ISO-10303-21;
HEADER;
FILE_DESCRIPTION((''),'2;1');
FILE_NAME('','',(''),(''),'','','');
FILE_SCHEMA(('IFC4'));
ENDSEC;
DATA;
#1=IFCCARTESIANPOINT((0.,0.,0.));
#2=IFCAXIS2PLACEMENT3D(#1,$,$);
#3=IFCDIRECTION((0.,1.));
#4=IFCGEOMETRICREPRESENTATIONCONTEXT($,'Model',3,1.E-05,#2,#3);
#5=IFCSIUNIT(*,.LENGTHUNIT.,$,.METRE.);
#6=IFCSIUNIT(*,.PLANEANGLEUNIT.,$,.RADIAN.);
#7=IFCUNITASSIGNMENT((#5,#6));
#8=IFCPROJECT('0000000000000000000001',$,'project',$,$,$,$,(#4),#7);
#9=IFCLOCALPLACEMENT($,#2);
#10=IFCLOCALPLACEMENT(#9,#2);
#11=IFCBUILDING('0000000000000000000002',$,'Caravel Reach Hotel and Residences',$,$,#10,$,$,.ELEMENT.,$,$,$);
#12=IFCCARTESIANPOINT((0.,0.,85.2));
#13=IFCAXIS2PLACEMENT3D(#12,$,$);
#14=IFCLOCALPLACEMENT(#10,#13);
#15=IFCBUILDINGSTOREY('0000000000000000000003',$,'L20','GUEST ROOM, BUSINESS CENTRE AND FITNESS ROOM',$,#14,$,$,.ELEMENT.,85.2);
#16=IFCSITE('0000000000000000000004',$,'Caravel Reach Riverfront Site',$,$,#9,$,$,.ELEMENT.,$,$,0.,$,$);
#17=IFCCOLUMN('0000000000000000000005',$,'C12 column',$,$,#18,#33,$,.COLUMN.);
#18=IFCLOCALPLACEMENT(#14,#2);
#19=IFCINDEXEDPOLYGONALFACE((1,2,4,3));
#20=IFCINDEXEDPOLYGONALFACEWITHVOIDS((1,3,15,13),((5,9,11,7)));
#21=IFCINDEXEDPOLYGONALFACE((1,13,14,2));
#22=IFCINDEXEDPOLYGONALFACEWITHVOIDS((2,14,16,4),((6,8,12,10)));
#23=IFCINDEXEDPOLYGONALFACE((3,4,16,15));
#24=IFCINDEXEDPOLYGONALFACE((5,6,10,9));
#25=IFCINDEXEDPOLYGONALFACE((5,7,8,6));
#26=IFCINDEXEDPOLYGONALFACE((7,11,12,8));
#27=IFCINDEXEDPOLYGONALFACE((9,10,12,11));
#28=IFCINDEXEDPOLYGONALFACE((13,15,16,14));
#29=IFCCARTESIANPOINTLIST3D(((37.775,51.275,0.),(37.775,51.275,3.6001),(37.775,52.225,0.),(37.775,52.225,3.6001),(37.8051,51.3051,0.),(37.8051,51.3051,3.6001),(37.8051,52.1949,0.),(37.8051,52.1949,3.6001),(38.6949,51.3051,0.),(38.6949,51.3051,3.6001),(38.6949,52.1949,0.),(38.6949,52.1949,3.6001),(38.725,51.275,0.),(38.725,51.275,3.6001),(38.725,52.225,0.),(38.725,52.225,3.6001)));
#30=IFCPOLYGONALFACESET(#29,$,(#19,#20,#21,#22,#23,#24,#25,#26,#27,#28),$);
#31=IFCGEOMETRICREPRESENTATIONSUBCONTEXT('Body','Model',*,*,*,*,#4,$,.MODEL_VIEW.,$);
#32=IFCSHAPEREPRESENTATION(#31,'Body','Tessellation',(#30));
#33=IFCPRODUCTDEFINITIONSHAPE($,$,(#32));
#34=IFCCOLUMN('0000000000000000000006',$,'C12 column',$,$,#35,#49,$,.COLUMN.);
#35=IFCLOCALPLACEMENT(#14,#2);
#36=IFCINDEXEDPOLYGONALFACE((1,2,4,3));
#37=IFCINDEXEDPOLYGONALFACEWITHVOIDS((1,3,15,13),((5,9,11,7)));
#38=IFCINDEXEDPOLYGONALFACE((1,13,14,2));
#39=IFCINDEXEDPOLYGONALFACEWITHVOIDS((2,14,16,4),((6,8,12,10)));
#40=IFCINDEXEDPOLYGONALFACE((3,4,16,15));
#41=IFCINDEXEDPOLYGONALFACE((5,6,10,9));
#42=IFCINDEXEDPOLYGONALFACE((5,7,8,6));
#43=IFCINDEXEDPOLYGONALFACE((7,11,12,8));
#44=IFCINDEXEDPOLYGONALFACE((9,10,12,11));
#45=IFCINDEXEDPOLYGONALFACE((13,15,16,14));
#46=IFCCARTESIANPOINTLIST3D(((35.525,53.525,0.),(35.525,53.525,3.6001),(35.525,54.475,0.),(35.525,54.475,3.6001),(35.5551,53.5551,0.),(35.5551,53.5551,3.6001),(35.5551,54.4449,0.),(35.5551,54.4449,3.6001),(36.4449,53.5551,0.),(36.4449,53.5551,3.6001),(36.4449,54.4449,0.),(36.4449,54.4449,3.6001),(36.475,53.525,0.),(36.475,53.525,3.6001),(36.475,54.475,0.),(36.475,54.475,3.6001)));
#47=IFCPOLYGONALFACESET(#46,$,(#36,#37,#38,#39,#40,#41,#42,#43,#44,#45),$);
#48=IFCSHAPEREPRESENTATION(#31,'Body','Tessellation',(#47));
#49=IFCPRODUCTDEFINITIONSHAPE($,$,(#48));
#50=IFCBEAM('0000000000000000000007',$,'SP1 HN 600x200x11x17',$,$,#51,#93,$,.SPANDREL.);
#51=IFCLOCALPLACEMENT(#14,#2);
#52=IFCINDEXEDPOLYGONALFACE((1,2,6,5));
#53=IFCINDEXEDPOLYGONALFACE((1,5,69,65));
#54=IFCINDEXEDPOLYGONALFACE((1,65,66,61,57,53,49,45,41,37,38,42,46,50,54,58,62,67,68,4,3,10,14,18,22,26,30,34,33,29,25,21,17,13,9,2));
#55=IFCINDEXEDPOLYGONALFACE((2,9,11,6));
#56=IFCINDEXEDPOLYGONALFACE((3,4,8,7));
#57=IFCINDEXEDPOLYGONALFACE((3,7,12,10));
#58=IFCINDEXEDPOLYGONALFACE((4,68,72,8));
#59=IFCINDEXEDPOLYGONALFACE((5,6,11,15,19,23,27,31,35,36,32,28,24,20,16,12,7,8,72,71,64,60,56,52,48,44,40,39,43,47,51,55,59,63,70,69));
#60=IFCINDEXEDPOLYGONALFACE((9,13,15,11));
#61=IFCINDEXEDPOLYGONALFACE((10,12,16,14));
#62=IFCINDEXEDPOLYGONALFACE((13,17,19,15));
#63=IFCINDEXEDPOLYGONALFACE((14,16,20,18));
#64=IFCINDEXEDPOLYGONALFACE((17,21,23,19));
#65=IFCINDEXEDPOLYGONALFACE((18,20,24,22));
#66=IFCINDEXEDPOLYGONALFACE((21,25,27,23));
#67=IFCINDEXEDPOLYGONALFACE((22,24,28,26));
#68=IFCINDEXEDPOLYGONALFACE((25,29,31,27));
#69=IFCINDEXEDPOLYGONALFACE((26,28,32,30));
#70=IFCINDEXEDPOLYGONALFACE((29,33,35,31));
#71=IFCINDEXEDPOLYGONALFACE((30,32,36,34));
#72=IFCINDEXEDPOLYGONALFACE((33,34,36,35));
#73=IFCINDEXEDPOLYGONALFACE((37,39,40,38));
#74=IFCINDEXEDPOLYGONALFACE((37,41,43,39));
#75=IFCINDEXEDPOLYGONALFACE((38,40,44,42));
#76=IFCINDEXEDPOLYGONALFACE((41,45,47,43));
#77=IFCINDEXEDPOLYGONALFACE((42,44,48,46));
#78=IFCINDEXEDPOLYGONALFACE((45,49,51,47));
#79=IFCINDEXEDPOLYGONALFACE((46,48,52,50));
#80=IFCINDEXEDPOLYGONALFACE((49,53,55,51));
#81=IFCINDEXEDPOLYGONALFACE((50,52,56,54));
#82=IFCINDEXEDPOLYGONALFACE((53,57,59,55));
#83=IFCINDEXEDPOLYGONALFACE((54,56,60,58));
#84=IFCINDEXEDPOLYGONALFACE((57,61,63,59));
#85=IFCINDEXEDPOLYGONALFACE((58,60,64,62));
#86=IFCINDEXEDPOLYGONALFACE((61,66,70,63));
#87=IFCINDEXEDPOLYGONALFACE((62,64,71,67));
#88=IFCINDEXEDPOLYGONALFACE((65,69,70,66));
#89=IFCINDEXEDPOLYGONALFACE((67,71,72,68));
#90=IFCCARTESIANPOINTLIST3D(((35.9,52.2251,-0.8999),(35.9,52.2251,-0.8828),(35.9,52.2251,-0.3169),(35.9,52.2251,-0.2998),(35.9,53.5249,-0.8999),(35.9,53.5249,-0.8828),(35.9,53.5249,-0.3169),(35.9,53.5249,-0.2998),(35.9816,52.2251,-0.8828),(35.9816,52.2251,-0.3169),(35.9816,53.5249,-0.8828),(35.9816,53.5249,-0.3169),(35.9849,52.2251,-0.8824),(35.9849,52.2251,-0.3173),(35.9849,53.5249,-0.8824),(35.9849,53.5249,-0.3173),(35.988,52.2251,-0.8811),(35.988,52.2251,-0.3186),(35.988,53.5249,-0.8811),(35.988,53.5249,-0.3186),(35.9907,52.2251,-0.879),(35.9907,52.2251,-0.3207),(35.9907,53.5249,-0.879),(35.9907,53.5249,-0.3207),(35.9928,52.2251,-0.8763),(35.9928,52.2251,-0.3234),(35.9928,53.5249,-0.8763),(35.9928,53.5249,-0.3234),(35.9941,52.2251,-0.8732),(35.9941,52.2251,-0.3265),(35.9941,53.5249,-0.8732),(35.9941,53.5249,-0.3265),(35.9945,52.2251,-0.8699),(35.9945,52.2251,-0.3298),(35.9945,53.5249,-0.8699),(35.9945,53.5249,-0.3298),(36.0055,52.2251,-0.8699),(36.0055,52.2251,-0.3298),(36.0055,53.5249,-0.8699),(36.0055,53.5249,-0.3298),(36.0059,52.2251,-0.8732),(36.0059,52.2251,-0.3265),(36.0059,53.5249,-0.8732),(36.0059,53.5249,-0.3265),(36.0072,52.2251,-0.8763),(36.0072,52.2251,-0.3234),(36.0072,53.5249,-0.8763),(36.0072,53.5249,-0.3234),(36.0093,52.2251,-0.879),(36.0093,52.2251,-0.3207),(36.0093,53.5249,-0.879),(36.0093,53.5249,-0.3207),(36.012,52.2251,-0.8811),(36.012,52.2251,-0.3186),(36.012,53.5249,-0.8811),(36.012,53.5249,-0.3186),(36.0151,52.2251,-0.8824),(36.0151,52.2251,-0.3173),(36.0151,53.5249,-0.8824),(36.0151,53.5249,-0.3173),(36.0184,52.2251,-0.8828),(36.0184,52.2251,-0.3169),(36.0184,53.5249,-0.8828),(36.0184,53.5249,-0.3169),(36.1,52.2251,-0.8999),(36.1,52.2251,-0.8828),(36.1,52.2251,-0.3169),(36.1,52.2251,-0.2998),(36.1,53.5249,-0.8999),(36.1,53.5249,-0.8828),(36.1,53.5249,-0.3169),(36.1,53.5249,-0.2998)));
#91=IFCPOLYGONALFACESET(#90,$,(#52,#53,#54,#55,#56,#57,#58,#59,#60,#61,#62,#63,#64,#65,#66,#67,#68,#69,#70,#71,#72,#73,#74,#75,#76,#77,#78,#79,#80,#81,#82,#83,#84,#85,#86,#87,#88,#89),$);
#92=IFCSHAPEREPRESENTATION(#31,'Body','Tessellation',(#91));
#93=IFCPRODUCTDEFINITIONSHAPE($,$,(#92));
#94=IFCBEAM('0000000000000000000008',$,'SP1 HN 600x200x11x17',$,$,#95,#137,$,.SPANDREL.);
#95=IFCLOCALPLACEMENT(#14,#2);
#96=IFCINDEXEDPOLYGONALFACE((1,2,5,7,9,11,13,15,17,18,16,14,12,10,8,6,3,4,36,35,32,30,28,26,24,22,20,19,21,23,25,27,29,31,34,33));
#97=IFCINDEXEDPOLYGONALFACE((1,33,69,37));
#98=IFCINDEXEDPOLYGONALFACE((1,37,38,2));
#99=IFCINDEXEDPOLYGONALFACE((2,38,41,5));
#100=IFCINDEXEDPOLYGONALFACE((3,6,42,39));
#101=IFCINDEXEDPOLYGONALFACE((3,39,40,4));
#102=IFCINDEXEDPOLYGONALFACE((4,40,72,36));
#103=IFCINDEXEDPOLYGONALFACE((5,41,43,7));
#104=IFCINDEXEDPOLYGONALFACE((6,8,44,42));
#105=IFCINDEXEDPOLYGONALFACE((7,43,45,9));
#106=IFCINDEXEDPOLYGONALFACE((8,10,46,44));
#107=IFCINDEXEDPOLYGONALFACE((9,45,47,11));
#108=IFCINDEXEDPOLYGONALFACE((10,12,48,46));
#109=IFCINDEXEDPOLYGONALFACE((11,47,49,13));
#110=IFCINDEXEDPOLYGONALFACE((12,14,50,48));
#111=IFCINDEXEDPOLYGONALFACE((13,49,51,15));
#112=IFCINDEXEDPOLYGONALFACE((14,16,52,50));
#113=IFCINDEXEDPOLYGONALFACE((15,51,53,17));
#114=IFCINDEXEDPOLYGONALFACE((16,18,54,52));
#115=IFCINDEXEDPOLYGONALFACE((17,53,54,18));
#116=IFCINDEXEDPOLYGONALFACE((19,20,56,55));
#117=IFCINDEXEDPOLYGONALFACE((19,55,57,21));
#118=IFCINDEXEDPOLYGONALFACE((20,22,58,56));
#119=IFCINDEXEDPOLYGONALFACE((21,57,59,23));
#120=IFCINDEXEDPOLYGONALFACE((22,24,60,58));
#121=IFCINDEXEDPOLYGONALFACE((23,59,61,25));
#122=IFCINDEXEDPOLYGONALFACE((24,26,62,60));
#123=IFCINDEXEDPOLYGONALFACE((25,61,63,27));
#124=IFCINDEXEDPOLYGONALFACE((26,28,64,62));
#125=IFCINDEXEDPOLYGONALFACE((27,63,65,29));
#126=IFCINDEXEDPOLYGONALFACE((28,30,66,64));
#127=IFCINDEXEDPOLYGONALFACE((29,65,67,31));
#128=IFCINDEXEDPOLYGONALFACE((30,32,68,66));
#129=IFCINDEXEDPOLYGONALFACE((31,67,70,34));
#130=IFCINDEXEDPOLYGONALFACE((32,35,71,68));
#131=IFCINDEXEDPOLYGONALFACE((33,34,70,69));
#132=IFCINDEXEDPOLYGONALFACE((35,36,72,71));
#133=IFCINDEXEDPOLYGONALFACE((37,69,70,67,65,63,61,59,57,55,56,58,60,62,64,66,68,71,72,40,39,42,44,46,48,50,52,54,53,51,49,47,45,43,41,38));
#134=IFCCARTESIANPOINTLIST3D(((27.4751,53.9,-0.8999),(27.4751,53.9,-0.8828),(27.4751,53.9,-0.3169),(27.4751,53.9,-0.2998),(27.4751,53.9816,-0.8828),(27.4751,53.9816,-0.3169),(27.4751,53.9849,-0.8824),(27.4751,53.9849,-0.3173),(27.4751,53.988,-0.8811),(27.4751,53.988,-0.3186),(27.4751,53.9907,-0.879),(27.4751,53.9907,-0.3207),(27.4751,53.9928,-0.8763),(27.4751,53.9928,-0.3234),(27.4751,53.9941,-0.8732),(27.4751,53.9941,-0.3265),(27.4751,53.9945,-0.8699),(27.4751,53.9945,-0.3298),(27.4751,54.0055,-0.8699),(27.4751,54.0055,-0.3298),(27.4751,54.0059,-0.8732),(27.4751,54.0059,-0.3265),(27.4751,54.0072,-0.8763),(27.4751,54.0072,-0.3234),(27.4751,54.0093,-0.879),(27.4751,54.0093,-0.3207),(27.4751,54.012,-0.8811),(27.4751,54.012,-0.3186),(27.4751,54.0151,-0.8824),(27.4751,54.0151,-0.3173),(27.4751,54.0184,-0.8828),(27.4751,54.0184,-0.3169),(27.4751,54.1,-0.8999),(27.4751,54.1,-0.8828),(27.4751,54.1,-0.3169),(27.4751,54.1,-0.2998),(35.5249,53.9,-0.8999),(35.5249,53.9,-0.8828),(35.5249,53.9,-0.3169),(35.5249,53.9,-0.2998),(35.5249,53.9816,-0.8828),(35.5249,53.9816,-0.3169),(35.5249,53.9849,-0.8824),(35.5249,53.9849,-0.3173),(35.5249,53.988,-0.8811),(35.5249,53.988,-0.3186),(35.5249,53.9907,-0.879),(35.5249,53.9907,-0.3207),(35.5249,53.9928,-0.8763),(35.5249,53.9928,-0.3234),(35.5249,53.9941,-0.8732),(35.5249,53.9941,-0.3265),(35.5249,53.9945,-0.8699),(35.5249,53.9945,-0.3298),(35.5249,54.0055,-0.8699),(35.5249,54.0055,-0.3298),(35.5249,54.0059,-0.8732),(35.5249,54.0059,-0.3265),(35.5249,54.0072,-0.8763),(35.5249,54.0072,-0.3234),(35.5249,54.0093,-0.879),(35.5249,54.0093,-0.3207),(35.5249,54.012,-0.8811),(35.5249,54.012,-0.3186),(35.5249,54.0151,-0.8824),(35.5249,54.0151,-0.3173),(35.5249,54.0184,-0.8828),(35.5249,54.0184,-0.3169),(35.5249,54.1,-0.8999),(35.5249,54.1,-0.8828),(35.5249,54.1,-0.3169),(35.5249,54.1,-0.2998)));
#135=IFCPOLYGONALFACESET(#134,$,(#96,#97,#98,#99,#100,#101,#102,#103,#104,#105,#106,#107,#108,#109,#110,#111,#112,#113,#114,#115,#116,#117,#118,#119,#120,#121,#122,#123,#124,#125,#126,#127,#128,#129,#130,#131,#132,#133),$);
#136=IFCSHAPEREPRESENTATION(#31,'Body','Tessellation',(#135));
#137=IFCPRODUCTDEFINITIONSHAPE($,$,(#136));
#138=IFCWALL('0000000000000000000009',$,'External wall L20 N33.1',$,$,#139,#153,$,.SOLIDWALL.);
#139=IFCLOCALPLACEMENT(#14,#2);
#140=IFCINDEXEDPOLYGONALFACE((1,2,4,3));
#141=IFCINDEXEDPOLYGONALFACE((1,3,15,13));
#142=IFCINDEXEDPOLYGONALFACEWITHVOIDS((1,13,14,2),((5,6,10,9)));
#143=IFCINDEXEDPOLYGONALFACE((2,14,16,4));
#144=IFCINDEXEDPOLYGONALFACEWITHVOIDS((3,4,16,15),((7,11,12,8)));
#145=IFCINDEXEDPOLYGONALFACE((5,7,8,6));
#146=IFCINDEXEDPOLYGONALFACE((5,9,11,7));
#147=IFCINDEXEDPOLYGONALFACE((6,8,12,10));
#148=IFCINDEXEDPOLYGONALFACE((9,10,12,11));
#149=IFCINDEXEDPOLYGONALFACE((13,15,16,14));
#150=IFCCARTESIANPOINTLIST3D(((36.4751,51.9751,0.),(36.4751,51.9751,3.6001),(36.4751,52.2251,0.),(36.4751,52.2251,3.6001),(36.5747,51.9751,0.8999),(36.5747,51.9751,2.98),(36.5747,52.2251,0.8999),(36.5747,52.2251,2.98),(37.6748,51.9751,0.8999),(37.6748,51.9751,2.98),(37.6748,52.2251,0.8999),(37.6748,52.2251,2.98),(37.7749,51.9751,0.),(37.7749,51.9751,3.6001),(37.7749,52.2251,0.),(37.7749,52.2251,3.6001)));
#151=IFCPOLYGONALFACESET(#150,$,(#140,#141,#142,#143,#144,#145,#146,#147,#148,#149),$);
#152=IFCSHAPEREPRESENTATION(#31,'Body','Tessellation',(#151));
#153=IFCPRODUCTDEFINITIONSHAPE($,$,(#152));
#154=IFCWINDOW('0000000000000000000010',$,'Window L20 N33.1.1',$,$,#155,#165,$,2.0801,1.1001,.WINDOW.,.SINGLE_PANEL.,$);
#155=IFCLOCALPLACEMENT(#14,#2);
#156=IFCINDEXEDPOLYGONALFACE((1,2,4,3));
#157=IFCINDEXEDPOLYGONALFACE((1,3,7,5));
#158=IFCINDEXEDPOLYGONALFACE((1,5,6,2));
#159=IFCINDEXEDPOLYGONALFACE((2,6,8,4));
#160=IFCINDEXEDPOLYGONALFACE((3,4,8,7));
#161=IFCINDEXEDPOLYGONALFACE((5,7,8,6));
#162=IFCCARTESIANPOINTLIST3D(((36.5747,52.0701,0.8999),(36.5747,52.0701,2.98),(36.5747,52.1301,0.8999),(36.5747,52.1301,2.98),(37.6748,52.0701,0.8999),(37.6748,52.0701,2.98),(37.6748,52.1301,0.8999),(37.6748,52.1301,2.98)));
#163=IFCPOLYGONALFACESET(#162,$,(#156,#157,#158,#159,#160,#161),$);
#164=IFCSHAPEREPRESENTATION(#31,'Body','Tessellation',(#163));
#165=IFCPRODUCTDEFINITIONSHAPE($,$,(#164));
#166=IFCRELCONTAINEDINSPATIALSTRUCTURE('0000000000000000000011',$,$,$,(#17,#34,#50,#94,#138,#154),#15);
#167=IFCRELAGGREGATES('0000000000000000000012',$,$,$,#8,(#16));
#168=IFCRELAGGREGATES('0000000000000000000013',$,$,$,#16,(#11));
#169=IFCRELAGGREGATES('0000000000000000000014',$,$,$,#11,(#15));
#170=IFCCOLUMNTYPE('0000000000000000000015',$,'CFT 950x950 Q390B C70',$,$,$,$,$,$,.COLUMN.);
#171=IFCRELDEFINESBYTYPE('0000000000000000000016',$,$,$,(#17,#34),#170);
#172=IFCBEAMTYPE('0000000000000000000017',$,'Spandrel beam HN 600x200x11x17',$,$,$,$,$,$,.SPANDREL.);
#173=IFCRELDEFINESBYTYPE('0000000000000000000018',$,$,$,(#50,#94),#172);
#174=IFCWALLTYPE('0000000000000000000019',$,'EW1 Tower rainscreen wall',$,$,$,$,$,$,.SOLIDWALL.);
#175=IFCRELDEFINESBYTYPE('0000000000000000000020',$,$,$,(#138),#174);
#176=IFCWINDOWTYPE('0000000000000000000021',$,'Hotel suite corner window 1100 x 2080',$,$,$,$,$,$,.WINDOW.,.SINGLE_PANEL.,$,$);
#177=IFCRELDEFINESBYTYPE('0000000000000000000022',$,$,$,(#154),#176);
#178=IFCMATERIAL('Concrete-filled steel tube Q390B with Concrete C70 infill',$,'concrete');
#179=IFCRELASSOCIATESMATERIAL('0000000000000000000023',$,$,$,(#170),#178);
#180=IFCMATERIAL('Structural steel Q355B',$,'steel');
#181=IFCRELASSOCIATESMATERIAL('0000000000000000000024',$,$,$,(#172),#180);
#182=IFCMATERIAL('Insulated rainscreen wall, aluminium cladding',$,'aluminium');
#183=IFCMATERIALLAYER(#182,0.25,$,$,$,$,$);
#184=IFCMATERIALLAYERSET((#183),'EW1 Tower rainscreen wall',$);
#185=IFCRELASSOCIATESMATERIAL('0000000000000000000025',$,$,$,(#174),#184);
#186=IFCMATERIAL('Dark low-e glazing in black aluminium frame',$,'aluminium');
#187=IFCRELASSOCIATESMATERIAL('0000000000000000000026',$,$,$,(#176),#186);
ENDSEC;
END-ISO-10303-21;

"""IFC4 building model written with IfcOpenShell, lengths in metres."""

from ifc_helpers import new_model, si_unit, direction, frame, frame_2d, origin, origin_2d, place, context, subcontext, project, spatial, rectangle, hollow_rectangle, i_section, extrude, material, layer, layer_set, material_profile, profile_set, type_object, element, fill, save


model = new_model("IFC4")

# Units and contexts
model_context = context("Model", 3, precision=1e-05, world=origin(), true_north=direction((0.0, 1.0)))
body_context = subcontext(model_context, "Body", "Model", "MODEL_VIEW")
ifc_project = project(units=[si_unit("LENGTHUNIT", "METRE"), si_unit("PLANEANGLEUNIT", "RADIAN")], contexts=[model_context])

# Site, building, storey
site_placement = place(None, origin())
site = spatial("IfcSite", under=ifc_project, at=site_placement, Name="Caravel Reach Riverfront Site", CompositionType="ELEMENT", RefElevation=0.0)
building_placement = place(site_placement, origin())
building = spatial("IfcBuilding", under=site, at=building_placement, Name="Caravel Reach Hotel and Residences", CompositionType="ELEMENT")
storey_placement = place(building_placement, frame((0.0, 0.0, 85.2)))
storey = spatial("IfcBuildingStorey", under=building, at=storey_placement, Name="L20", Description="GUEST ROOM, BUSINESS CENTRE AND FITNESS ROOM", CompositionType="ELEMENT", Elevation=85.2)

# Columns
ifc_material_1 = material(Name="Concrete-filled steel tube Q390B with Concrete C70 infill", Category="concrete")
ifc_material_profile_1 = material_profile(ifc_material_1, hollow_rectangle(XDim=0.95, YDim=0.95, WallThickness=0.03, at=origin_2d()), Name="RHS 950x950x30")
ifc_profile_set_1 = profile_set([ifc_material_profile_1], Name="Concrete-filled steel tube Q390B with Concrete C70 infill")
column_type = type_object("IfcColumnType", Name="CFT 950x950 Q390B C70", PredefinedType="COLUMN", material=ifc_profile_set_1)
for number, where, z_axis, x_axis, name in (
    (1, (38.25, 51.75, 0.0), (0.0, 0.0, 1.0), (1.0, 0.0, 0.0), "C12 column"),
    (2, (36.0, 54.0, 0.0), (0.0, 0.0, 1.0), (1.0, 0.0, 0.0), "C12 column"),
):
    element("IfcColumn", number, at=place(storey_placement, frame(where, z_axis=z_axis, x_axis=x_axis)), inside=storey, type_object=column_type, Name=name, PredefinedType="COLUMN", context=body_context, shape_type="SweptSolid", body=[
        extrude(hollow_rectangle(XDim=0.95, YDim=0.95, WallThickness=0.03, at=origin_2d()), origin(), (0.0, 0.0, 1.0), 3.6001),
    ])

# Beams
ifc_material_2 = material(Name="Structural steel Q355B", Category="steel")
ifc_material_profile_2 = material_profile(ifc_material_2, i_section(OverallWidth=0.2, OverallDepth=0.6001, WebThickness=0.011, FlangeThickness=0.0171, FilletRadius=0.0129, at=origin_2d()), Name="HN 600x200x11x17")
ifc_profile_set_2 = profile_set([ifc_material_profile_2], Name="Structural steel Q355B")
beam_type = type_object("IfcBeamType", Name="Spandrel beam HN 600x200x11x17", PredefinedType="SPANDREL", material=ifc_profile_set_2)
beam_1_placement = place(storey_placement, frame((36.0, 52.2251, -0.5999), z_axis=(0.0, 1.0, 0.0), x_axis=(-1.0, 0.0, 0.0)))
element("IfcBeam", 3, at=beam_1_placement, inside=storey, type_object=beam_type, Name="SP1 HN 600x200x11x17", PredefinedType="SPANDREL", context=body_context, shape_type="SweptSolid", body=[
    extrude(i_section(OverallWidth=0.2, OverallDepth=0.6001, WebThickness=0.011, FlangeThickness=0.0171, FilletRadius=0.0129, at=origin_2d()), origin(), (0.0, 0.0, 1.0), 1.2998),
])
beam_2_placement = place(storey_placement, frame((35.5249, 54.0, -0.5999), z_axis=(-1.0, 0.0, 0.0), x_axis=(0.0, -1.0, 0.0)))
element("IfcBeam", 4, at=beam_2_placement, inside=storey, type_object=beam_type, Name="SP1 HN 600x200x11x17", PredefinedType="SPANDREL", context=body_context, shape_type="SweptSolid", body=[
    extrude(i_section(OverallWidth=0.2, OverallDepth=0.6001, WebThickness=0.011, FlangeThickness=0.0171, FilletRadius=0.0129, at=origin_2d()), origin(), (0.0, 0.0, 1.0), 8.0498),
])

# Wall, opening, window
ifc_material_3 = material(Name="Insulated rainscreen wall, aluminium cladding", Category="aluminium")
ifc_layer = layer(ifc_material_3, 0.25)
ifc_layer_set = layer_set([ifc_layer], Name="EW1 Tower rainscreen wall")
wall_type = type_object("IfcWallType", Name="EW1 Tower rainscreen wall", PredefinedType="SOLIDWALL", material=ifc_layer_set)
wall_1_placement = place(storey_placement, frame((37.7749, 52.1001, 0.0), z_axis=(0.0, 0.0, 1.0), x_axis=(-1.0, 0.0, 0.0)))
wall_1 = element("IfcWall", 5, at=wall_1_placement, inside=storey, type_object=wall_type, Name="External wall L20 N33.1", PredefinedType="SOLIDWALL", context=body_context, shape_type="SweptSolid", body=[
    extrude(rectangle(XDim=1.2998, YDim=0.25, at=frame_2d((0.6499, 0.0))), origin(), (0.0, 0.0, 1.0), 3.6001),
])
opening_1_placement = place(wall_1_placement, frame((0.1001, 0.0, 0.8999)))
opening_1 = element("IfcOpeningElement", 6, at=opening_1_placement, cuts=wall_1, PredefinedType="OPENING", context=body_context, shape_type="SweptSolid", body=[
    extrude(rectangle(XDim=1.1001, YDim=2.0801, at=frame_2d((0.55, 1.04))), frame((0.0, 0.135, 0.0), z_axis=(0.0, -1.0, 0.0), x_axis=(1.0, 0.0, 0.0)), (0.0, 0.0, 1.0), 0.27),
])
ifc_material_4 = material(Name="Dark low-e glazing in black aluminium frame", Category="aluminium")
window_type_1 = type_object("IfcWindowType", Name="Hotel suite corner window 1100 x 2080", PartitioningType="SINGLE_PANEL", PredefinedType="WINDOW", material=ifc_material_4)
window_1_placement = place(opening_1_placement, origin())
window_1 = element("IfcWindow", 7, at=window_1_placement, inside=storey, type_object=window_type_1, Name="Window L20 N33.1.1", OverallHeight=2.0801, OverallWidth=1.1001, PartitioningType="SINGLE_PANEL", PredefinedType="WINDOW", context=body_context, shape_type="SweptSolid", body=[
    extrude(rectangle(XDim=1.1001, YDim=2.0801, at=frame_2d((0.55, 1.04))), frame((0.0, 0.03, 0.0), z_axis=(0.0, -1.0, 0.0), x_axis=(1.0, 0.0, 0.0)), (0.0, 0.0, 1.0), 0.0601),
])
fill(opening_1, window_1)

save(model, "model.ifc")
